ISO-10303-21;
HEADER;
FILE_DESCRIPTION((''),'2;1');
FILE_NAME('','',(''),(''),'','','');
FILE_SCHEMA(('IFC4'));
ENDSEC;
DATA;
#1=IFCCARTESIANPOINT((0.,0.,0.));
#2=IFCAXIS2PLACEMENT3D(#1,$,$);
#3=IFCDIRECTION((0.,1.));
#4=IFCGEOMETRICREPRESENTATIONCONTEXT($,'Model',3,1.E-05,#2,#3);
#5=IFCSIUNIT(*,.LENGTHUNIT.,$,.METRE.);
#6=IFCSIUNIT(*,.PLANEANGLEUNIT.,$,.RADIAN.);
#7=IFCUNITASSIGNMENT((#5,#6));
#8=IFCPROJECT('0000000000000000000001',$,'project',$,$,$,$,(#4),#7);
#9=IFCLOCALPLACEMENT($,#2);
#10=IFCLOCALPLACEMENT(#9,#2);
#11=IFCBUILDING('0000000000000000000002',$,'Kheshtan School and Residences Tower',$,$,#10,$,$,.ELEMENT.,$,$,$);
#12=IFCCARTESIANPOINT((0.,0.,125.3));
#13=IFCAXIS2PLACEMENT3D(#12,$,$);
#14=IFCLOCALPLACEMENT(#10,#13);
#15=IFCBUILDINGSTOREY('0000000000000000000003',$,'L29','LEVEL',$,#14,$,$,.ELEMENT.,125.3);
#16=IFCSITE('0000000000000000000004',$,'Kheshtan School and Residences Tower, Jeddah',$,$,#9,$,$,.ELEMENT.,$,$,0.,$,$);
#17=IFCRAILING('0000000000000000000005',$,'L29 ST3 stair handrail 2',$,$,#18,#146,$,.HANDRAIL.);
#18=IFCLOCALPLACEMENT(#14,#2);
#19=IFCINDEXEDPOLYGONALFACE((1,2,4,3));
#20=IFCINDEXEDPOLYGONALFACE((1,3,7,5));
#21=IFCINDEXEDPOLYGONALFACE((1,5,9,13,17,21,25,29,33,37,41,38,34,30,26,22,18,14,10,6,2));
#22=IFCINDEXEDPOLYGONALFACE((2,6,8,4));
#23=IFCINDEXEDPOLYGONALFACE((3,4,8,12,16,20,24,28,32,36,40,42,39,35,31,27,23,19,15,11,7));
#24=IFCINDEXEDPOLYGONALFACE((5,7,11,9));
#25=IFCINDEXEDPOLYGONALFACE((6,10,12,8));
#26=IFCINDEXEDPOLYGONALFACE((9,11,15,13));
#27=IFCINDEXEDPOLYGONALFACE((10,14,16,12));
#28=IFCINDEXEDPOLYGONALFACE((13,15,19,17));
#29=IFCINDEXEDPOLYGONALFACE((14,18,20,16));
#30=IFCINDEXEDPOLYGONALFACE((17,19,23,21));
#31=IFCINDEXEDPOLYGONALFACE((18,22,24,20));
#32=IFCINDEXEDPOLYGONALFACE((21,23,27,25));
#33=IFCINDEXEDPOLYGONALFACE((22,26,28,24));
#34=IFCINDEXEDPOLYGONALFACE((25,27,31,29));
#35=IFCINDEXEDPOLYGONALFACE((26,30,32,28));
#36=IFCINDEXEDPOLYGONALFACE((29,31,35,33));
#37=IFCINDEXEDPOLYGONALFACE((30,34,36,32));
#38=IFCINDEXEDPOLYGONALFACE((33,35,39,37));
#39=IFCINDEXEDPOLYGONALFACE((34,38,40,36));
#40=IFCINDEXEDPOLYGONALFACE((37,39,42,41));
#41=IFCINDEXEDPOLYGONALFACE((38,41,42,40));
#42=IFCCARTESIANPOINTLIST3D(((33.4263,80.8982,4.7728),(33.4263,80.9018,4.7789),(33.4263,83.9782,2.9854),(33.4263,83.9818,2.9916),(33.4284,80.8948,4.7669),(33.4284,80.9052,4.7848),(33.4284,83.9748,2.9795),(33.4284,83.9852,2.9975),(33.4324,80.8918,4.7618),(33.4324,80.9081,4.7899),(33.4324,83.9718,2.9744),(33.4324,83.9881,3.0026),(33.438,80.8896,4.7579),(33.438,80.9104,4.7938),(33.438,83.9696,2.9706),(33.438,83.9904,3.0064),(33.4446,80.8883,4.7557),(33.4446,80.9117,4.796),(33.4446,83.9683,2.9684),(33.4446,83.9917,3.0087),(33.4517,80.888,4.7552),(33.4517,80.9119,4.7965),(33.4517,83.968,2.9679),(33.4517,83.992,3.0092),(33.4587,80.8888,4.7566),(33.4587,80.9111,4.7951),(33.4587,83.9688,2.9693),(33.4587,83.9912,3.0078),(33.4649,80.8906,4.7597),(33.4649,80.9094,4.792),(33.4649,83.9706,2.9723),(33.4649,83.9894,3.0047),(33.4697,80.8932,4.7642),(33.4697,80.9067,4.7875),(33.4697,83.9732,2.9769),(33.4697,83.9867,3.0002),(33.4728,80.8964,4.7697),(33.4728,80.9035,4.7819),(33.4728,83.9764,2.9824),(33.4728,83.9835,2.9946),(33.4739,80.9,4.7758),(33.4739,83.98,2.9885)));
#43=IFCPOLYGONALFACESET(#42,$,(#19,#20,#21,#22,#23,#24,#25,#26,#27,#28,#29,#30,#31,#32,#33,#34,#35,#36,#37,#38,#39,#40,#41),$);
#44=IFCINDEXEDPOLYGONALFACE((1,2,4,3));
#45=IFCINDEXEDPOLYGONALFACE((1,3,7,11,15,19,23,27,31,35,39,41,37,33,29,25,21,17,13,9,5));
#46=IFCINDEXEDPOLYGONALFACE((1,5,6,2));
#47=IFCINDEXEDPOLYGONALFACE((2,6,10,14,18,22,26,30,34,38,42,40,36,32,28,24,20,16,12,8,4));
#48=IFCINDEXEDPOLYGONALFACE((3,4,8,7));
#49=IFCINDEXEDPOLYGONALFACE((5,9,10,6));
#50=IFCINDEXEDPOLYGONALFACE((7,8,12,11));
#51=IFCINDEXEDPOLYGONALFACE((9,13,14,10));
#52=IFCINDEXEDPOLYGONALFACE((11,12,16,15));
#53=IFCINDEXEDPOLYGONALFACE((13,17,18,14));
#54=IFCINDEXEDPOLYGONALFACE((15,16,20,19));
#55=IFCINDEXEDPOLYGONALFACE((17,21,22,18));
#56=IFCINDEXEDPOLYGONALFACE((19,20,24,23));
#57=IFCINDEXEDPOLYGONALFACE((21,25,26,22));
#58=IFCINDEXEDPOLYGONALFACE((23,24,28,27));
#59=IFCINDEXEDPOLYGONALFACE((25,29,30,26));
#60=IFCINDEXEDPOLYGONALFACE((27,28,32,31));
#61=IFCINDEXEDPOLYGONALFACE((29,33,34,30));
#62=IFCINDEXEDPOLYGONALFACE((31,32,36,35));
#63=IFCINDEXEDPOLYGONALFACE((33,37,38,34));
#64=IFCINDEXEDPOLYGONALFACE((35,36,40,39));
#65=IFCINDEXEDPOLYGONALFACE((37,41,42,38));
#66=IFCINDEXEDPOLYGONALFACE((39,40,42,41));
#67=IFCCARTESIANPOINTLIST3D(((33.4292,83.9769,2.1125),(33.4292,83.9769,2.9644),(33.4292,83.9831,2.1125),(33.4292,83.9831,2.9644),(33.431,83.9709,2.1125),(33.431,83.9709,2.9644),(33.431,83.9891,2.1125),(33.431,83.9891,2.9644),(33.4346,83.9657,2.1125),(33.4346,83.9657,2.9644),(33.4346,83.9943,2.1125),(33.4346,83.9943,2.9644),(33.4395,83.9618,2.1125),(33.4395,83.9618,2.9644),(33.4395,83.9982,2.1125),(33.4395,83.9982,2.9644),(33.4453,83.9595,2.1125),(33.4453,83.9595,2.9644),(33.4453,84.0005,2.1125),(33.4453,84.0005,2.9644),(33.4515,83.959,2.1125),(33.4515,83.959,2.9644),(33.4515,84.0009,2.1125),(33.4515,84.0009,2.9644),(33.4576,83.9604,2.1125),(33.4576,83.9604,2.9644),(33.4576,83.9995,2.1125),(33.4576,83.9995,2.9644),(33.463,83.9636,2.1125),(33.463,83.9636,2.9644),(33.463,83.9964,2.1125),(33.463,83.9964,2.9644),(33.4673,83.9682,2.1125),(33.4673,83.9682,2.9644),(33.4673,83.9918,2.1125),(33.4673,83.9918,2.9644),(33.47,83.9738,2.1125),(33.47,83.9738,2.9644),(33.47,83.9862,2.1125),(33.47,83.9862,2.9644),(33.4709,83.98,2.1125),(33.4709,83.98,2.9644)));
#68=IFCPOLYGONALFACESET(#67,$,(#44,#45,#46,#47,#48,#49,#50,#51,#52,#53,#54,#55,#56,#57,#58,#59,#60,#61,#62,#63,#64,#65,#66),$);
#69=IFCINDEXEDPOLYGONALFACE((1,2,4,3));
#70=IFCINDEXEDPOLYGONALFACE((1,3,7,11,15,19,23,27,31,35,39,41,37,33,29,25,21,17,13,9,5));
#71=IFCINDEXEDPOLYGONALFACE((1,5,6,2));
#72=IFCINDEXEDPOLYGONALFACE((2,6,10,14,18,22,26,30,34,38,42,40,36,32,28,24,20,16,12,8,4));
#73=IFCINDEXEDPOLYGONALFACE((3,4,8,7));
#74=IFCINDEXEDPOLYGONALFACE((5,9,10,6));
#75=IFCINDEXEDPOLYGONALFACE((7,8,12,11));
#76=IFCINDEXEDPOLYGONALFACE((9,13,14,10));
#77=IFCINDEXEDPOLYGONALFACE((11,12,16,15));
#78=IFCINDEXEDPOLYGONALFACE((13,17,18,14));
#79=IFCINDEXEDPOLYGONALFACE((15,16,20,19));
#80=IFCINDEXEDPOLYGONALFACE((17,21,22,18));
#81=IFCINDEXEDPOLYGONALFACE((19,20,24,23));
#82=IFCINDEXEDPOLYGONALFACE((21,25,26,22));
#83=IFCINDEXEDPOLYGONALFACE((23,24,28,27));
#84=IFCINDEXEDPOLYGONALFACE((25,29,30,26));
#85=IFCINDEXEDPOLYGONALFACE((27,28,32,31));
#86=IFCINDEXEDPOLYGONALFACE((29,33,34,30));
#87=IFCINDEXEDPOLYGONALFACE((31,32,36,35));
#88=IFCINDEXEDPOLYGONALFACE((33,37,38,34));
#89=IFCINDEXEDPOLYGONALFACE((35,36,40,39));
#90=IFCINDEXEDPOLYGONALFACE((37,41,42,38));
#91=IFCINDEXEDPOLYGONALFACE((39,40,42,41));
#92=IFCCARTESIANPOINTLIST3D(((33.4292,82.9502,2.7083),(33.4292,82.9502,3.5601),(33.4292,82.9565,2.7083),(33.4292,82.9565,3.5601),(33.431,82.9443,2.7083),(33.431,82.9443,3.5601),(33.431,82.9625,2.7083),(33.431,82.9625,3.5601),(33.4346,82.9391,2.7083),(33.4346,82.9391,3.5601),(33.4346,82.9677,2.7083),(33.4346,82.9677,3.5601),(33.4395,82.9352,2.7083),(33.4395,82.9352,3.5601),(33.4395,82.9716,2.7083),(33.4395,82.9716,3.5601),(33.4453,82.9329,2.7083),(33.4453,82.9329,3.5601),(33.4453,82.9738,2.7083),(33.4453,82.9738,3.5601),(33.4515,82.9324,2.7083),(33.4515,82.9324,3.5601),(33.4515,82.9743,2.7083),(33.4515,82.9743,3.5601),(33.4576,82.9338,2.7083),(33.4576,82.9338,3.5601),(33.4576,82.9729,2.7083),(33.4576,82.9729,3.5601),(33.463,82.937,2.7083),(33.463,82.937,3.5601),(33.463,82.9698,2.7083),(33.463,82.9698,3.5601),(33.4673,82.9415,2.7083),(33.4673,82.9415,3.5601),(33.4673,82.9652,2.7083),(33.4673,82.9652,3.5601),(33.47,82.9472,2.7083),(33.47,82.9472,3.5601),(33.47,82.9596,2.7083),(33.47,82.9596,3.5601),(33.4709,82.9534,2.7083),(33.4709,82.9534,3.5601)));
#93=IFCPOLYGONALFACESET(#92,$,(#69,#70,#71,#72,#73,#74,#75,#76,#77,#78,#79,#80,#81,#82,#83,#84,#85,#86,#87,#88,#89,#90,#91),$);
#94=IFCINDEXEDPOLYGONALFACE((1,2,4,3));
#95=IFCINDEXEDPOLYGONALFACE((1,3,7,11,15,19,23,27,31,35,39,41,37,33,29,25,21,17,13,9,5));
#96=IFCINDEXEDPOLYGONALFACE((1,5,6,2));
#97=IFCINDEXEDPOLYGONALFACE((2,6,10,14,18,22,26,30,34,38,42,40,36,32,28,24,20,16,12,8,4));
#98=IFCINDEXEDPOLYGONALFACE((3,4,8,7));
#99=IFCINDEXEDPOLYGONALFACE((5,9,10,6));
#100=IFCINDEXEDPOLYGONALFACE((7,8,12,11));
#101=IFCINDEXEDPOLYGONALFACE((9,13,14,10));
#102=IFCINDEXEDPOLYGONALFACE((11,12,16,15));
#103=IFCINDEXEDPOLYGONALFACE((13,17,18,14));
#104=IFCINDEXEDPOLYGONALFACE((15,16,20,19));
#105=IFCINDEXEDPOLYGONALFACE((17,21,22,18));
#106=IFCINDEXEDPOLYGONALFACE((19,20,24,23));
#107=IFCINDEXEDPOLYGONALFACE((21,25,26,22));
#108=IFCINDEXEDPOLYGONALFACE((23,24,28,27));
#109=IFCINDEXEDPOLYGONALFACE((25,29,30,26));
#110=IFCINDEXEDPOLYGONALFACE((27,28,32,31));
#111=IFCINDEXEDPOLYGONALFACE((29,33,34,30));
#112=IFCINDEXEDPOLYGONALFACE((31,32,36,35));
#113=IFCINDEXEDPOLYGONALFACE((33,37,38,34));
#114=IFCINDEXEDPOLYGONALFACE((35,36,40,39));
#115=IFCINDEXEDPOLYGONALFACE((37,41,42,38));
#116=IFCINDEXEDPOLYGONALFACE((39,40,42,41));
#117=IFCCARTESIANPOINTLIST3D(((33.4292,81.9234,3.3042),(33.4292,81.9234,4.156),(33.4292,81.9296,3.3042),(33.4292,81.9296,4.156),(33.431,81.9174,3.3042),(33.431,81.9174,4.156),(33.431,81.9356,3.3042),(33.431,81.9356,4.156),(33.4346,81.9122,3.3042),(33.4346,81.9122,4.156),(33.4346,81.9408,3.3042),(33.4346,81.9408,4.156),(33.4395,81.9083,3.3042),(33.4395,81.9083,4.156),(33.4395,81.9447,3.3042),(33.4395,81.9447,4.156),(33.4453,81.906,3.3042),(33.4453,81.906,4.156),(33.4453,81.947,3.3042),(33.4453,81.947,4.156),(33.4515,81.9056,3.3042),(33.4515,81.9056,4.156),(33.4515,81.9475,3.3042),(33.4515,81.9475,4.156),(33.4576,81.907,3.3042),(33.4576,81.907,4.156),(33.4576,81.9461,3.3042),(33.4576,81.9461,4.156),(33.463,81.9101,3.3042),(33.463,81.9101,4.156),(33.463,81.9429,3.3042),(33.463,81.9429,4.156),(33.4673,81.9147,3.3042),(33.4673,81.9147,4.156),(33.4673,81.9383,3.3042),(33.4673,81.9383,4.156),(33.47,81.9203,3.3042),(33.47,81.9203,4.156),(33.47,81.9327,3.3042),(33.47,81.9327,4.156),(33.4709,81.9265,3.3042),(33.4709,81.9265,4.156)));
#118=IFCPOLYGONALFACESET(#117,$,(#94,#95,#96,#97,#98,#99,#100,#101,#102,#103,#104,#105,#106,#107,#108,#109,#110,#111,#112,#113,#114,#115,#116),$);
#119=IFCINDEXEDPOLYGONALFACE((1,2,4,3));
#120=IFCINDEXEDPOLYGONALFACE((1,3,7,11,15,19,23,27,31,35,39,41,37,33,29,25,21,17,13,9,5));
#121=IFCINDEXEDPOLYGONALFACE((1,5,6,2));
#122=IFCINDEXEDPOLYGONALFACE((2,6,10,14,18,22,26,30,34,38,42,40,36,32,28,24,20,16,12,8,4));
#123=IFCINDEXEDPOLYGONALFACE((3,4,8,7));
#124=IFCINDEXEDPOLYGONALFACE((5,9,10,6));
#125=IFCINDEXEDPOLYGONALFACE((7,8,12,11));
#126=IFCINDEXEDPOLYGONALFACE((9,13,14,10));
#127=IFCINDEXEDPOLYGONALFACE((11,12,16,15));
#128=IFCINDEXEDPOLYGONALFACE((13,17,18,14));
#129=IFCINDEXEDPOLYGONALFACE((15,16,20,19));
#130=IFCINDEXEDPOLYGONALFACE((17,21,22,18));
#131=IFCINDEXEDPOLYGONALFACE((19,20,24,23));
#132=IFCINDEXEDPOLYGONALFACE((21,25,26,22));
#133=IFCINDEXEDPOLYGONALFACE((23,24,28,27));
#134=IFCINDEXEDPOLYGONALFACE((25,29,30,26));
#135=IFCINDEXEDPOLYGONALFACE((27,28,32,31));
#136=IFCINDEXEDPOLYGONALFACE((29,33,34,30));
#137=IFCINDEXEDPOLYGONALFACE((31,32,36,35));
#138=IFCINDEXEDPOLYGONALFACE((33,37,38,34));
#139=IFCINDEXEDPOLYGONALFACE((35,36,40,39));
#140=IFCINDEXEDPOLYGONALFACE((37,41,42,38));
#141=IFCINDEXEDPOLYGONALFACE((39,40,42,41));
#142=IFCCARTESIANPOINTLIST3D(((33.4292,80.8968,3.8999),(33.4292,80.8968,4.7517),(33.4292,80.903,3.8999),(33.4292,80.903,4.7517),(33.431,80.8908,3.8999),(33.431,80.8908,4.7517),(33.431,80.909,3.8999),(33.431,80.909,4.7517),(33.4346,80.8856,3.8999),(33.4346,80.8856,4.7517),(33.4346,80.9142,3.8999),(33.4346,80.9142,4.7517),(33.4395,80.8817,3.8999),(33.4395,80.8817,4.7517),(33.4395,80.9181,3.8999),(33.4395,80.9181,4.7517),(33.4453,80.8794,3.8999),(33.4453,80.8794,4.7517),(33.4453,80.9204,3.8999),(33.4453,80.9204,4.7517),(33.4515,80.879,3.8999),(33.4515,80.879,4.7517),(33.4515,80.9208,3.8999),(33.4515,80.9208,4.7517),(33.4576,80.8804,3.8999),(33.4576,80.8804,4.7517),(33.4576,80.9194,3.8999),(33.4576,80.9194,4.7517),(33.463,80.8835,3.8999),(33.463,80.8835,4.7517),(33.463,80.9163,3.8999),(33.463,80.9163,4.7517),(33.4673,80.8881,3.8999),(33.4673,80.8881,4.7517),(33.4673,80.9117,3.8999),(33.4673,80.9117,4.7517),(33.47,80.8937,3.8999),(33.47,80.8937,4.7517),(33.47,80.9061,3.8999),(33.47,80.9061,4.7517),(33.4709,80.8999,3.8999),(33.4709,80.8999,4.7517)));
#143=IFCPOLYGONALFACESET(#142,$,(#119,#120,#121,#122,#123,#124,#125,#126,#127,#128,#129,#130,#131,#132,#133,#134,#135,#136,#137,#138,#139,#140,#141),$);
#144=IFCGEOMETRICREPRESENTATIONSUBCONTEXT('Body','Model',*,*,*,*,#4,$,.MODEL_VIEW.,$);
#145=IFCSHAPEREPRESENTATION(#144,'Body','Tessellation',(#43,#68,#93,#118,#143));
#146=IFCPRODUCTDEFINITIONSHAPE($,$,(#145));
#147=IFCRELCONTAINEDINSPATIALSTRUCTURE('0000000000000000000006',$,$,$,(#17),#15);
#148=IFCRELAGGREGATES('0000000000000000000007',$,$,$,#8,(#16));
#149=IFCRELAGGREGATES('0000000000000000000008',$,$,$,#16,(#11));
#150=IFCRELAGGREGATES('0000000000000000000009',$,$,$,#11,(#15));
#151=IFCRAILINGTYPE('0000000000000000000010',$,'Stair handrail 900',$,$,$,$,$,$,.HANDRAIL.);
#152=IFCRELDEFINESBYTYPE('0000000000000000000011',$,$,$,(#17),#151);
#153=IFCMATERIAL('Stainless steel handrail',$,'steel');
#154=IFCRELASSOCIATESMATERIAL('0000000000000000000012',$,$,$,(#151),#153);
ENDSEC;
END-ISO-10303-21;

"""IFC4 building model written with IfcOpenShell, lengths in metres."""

from ifc_helpers import new_model, si_unit, direction, frame, origin, origin_2d, place, context, subcontext, project, spatial, circle, extrude, material, type_object, element, save


model = new_model("IFC4")

# Units and contexts
model_context = context("Model", 3, precision=1e-05, world=origin(), true_north=direction((0.0, 1.0)))
body_context = subcontext(model_context, "Body", "Model", "MODEL_VIEW")
ifc_project = project(units=[si_unit("LENGTHUNIT", "METRE"), si_unit("PLANEANGLEUNIT", "RADIAN")], contexts=[model_context])

# Site, building, storey
site_placement = place(None, origin())
site = spatial("IfcSite", under=ifc_project, at=site_placement, Name="Kheshtan School and Residences Tower, Jeddah", CompositionType="ELEMENT", RefElevation=0.0)
building_placement = place(site_placement, origin())
building = spatial("IfcBuilding", under=site, at=building_placement, Name="Kheshtan School and Residences Tower", CompositionType="ELEMENT")
storey_placement = place(building_placement, frame((0.0, 0.0, 125.3)))
storey = spatial("IfcBuildingStorey", under=building, at=storey_placement, Name="L29", Description="LEVEL", CompositionType="ELEMENT", Elevation=125.3)

# Railing
ifc_material_1 = material(Name="Stainless steel handrail", Category="steel")
railing_type_1 = type_object("IfcRailingType", Name="Stair handrail 900", PredefinedType="HANDRAIL", material=ifc_material_1)
railing_1_placement = place(storey_placement, frame((33.45, 83.98, 2.1125)))
element("IfcRailing", 1, at=railing_1_placement, inside=storey, type_object=railing_type_1, Name="L29 ST3 stair handrail 2", PredefinedType="HANDRAIL", context=body_context, shape_type="SweptSolid", body=[
    extrude(circle(Radius=0.0239, at=origin_2d()), frame((0.0, 0.0, 0.876), z_axis=(0.0, -0.86492, 0.501909), x_axis=(1.0, 0.0, 0.0)), (0.0, 0.0, 1.0), 3.561),
    extrude(circle(Radius=0.021, at=origin_2d()), origin(), (0.0, 0.0, 1.0), 0.8518),
    extrude(circle(Radius=0.021, at=origin_2d()), frame((0.0, -1.0266, 0.5957)), (0.0, 0.0, 1.0), 0.8518),
    extrude(circle(Radius=0.021, at=origin_2d()), frame((0.0, -2.0535, 1.1917)), (0.0, 0.0, 1.0), 0.8518),
    extrude(circle(Radius=0.021, at=origin_2d()), frame((0.0, -3.0801, 1.7874)), (0.0, 0.0, 1.0), 0.8518),
])

save(model, "model.ifc")
